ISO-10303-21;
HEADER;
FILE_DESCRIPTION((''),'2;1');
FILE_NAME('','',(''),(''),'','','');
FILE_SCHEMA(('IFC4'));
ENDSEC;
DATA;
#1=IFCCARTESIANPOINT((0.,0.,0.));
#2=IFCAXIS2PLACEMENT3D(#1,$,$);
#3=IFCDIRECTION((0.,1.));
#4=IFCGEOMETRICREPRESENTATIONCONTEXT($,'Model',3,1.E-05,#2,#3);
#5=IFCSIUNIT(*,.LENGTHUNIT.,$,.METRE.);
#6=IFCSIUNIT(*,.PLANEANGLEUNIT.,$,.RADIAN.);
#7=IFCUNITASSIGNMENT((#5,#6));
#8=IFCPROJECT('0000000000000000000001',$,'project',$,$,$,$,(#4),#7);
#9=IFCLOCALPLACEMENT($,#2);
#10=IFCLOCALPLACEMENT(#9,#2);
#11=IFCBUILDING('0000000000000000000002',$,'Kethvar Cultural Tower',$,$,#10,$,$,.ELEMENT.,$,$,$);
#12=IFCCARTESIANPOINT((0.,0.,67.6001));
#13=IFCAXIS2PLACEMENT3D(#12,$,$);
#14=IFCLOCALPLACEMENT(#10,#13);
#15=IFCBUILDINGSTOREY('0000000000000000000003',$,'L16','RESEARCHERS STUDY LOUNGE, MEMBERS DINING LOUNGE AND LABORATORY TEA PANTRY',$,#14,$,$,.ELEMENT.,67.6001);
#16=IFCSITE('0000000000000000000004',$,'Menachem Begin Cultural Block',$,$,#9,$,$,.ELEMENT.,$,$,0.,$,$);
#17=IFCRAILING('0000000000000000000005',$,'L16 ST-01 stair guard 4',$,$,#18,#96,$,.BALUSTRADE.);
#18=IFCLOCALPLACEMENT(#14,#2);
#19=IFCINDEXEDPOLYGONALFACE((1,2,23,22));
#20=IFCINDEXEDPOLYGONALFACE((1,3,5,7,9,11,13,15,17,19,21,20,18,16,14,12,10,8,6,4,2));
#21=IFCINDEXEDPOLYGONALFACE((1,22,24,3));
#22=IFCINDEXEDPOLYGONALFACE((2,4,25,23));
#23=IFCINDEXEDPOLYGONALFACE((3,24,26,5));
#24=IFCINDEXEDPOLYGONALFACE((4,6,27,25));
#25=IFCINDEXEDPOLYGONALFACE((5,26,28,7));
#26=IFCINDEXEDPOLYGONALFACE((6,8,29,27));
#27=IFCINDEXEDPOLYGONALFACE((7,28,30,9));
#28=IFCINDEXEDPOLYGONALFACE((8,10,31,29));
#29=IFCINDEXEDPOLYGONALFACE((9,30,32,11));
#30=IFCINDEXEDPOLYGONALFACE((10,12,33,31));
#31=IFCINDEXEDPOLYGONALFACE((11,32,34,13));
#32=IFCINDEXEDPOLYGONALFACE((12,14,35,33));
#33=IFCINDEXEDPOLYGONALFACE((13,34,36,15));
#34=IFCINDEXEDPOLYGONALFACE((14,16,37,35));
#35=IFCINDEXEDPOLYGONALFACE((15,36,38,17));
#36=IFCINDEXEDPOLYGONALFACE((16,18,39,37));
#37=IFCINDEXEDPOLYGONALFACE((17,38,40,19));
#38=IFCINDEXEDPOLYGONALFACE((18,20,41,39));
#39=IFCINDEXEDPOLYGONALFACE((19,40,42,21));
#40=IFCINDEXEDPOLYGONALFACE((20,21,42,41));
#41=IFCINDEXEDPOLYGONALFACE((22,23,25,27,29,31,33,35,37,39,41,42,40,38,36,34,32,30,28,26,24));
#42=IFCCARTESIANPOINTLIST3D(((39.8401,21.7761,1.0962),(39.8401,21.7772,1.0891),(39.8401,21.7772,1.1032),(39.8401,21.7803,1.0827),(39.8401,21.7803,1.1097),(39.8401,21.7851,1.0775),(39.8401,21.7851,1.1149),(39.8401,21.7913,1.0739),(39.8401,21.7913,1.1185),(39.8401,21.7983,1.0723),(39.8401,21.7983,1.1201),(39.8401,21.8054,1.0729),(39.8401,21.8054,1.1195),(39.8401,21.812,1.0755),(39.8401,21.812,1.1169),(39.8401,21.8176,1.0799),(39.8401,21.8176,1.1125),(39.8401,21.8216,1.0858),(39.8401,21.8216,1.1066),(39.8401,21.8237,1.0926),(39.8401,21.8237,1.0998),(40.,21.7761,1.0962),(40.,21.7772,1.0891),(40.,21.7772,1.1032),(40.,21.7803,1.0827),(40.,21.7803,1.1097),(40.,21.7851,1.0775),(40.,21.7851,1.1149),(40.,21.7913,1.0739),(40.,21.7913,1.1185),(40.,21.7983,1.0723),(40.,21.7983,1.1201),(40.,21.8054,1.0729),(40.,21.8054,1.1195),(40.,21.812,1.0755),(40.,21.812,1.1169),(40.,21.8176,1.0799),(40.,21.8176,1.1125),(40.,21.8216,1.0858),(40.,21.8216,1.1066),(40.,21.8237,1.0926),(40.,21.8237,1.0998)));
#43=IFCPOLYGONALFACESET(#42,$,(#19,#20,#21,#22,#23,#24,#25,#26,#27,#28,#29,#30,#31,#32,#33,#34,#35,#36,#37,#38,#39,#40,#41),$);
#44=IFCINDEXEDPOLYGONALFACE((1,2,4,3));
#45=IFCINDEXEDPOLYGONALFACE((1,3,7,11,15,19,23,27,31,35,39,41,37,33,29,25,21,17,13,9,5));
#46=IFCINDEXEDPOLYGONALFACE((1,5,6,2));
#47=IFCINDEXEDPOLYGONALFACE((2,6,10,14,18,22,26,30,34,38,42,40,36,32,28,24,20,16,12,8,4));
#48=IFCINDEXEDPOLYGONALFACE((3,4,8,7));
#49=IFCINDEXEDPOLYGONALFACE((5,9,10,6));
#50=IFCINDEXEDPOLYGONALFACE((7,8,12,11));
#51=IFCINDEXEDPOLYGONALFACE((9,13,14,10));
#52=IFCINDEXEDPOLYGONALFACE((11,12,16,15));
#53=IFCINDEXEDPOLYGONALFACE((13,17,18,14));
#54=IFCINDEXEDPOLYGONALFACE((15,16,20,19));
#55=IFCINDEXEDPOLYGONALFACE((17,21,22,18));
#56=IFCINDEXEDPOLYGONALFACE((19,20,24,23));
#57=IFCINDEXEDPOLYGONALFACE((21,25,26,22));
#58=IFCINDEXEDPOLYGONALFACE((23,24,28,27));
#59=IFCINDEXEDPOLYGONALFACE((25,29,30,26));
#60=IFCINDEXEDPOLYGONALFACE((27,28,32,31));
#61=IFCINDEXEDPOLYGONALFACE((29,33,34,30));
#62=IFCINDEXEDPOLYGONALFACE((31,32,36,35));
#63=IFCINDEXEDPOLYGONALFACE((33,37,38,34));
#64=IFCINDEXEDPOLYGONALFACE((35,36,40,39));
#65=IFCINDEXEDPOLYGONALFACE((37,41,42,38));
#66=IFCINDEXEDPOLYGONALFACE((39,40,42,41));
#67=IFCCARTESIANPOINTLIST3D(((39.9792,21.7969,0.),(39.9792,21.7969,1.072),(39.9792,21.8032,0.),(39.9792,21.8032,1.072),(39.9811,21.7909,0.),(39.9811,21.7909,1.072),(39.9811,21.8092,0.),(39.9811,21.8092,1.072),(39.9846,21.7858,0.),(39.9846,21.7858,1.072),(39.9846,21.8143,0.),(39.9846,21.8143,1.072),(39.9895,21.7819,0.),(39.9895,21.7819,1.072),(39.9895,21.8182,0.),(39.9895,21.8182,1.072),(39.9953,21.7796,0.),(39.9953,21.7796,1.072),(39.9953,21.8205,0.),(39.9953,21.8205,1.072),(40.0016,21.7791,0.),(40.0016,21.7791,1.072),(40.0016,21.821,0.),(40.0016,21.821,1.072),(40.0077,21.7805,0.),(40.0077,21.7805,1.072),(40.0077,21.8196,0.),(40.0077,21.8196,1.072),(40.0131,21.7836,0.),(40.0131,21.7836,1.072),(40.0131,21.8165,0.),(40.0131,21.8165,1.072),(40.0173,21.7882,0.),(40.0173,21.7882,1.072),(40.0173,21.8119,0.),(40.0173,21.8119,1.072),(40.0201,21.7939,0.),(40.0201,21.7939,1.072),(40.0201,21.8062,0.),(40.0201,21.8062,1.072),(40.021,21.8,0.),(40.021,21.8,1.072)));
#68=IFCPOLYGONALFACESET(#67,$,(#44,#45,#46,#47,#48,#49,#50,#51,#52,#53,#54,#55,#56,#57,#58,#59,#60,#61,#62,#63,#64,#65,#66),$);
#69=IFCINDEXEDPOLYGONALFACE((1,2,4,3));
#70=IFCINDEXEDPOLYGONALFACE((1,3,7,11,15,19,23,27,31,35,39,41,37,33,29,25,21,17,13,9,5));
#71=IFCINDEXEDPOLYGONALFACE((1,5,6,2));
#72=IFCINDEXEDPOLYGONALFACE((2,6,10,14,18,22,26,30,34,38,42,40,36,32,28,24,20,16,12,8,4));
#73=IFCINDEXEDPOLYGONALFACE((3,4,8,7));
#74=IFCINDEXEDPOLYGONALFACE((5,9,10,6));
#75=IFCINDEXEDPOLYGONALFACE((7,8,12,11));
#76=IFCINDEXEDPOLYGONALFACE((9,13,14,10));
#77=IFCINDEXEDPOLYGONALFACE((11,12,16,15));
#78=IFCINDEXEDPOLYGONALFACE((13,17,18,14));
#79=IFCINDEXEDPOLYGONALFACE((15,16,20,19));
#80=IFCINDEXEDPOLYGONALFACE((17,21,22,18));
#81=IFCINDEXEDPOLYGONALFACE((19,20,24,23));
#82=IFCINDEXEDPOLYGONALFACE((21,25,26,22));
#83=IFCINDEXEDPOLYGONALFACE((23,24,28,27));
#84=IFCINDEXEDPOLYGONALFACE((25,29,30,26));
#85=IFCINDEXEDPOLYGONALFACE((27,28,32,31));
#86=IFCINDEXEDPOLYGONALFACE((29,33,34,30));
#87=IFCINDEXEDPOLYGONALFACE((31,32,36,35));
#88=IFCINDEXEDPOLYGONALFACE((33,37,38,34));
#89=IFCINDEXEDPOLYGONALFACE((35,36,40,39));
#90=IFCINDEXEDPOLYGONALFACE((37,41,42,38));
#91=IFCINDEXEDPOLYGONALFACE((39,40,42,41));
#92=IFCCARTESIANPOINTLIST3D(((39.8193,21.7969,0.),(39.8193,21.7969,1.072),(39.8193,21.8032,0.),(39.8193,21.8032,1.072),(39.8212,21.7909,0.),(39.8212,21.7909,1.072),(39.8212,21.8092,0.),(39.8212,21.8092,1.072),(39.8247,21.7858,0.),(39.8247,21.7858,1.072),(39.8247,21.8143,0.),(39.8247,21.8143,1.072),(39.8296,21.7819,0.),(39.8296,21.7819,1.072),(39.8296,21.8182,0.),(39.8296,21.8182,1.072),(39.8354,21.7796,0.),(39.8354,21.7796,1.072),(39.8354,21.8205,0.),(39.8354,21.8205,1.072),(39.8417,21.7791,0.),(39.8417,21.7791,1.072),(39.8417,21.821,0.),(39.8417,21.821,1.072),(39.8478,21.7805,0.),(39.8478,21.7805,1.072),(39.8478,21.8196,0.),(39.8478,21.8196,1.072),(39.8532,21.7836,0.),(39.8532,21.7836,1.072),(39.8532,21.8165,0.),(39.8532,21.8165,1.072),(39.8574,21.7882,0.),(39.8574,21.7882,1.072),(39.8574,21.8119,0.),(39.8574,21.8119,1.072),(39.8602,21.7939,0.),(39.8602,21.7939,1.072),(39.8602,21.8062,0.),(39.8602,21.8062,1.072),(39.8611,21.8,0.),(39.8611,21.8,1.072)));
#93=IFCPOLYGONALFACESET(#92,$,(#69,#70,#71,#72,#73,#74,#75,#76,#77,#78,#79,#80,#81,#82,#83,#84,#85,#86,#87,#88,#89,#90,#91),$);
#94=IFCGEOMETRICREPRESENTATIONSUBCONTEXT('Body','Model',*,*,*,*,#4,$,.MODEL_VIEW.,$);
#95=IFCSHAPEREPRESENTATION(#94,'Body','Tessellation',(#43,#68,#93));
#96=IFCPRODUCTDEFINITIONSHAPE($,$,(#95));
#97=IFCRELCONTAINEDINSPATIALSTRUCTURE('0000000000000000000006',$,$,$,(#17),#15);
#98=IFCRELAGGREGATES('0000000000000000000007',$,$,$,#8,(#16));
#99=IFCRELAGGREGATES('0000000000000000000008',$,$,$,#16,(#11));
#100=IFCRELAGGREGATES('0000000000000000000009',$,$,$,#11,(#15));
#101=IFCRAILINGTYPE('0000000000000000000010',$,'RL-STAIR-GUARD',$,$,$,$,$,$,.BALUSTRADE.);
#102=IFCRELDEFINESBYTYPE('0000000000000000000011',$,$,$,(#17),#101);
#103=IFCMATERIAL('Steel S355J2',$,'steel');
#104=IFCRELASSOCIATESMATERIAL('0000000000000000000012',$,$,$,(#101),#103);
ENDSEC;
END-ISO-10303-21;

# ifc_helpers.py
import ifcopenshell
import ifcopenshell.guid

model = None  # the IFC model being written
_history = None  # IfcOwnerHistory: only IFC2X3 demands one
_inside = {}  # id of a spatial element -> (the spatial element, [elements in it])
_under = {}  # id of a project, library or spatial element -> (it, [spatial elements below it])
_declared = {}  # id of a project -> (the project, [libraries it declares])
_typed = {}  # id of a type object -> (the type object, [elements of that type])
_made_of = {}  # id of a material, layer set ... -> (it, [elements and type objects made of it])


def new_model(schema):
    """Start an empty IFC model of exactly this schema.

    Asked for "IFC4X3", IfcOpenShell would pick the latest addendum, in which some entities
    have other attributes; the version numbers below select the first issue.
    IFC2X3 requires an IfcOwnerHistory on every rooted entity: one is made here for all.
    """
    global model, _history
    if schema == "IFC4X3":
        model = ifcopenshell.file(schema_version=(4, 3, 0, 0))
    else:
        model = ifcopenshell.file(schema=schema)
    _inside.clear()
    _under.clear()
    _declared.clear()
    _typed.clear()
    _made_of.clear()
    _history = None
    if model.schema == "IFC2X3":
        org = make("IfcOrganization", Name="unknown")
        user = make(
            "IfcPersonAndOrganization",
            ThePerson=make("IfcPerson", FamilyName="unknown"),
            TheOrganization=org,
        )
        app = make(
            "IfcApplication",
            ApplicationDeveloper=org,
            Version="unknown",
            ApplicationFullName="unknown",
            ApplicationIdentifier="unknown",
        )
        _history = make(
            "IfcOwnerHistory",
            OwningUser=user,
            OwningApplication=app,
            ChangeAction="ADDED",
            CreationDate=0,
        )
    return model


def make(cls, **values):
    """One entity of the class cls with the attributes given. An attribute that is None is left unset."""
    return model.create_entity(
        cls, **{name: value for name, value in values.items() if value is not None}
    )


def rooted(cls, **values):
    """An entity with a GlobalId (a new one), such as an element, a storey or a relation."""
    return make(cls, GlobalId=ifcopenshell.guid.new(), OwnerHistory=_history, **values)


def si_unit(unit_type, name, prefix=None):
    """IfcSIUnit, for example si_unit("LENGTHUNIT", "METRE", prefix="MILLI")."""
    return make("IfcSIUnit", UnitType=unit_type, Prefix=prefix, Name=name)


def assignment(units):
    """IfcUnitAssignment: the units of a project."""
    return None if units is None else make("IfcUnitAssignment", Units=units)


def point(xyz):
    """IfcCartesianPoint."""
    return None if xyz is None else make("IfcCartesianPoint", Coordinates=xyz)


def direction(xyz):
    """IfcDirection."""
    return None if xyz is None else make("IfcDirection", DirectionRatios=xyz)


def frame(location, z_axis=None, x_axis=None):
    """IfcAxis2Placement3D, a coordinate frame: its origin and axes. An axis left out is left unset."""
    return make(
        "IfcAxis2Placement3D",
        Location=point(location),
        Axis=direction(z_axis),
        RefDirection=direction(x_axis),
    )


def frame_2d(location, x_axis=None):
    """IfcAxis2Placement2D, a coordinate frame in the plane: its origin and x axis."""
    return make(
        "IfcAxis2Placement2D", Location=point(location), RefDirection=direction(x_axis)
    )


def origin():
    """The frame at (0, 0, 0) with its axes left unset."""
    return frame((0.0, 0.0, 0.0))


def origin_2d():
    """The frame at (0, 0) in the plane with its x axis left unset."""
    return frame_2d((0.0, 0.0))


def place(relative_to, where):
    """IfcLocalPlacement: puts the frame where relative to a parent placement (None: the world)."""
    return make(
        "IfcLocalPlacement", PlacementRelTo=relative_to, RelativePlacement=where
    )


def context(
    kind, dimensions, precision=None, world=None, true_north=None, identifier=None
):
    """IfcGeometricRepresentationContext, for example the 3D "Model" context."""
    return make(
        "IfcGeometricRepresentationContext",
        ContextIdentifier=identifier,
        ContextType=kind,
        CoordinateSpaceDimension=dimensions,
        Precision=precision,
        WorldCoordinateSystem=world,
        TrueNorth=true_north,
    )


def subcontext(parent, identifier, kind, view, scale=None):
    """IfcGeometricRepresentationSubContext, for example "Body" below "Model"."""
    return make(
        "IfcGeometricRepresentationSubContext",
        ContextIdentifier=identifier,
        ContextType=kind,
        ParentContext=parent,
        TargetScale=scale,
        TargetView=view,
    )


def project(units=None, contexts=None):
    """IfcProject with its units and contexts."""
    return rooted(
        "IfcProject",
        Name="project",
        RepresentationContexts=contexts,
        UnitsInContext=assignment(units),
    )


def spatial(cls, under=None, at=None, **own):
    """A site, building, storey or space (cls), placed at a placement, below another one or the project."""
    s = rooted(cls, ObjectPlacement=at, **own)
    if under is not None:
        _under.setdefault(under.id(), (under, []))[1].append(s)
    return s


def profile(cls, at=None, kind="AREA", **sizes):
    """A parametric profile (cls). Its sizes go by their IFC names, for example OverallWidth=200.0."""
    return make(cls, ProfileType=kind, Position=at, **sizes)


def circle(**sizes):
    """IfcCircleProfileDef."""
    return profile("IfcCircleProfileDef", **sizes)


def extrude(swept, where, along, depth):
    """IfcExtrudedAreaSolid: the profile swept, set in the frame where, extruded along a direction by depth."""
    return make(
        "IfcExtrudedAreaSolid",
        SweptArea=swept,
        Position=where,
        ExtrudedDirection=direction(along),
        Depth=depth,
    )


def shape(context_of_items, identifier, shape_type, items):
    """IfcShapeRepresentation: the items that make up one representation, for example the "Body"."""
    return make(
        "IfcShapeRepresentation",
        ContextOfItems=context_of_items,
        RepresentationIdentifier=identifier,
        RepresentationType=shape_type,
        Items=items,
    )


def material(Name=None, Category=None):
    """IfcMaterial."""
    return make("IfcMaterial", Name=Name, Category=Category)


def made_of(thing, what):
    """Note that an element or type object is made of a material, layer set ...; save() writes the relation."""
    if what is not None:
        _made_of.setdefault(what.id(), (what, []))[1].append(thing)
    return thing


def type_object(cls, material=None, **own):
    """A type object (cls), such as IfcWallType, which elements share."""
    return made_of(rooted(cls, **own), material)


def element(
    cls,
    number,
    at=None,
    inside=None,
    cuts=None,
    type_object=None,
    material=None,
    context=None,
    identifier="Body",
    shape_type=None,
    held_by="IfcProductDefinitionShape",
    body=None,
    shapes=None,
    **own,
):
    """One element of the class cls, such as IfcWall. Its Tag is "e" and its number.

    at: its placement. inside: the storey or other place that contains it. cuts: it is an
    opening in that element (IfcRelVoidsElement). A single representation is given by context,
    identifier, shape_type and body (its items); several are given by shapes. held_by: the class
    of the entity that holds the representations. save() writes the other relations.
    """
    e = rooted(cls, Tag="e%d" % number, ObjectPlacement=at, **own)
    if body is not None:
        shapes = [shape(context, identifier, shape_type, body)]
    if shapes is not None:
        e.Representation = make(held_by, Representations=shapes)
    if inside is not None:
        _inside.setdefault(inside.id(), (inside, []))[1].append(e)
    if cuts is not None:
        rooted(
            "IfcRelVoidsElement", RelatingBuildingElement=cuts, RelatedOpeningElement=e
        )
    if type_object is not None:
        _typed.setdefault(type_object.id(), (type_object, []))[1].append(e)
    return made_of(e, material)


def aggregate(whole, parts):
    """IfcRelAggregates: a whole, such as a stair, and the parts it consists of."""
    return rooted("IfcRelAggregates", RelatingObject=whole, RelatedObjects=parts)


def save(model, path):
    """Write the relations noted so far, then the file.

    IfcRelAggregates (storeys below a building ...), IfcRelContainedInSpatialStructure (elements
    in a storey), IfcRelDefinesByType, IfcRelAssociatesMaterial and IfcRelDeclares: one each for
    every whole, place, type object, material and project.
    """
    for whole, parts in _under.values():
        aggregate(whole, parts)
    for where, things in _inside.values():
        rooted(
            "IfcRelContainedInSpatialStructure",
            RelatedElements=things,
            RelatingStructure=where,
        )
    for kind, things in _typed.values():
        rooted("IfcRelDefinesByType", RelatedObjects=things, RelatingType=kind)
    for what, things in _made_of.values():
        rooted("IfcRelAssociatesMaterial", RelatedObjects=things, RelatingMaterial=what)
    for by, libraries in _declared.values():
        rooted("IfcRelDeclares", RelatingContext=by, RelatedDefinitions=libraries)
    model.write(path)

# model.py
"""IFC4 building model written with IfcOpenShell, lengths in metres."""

from ifc_helpers import new_model, si_unit, direction, frame, origin, origin_2d, place, context, subcontext, project, spatial, circle, extrude, material, type_object, element, save


model = new_model("IFC4")

# Units and contexts
model_context = context("Model", 3, precision=1e-05, world=origin(), true_north=direction((0.0, 1.0)))
body_context = subcontext(model_context, "Body", "Model", "MODEL_VIEW")
ifc_project = project(units=[si_unit("LENGTHUNIT", "METRE"), si_unit("PLANEANGLEUNIT", "RADIAN")], contexts=[model_context])

# Site, building, storey
site_placement = place(None, origin())
site = spatial("IfcSite", under=ifc_project, at=site_placement, Name="Menachem Begin Cultural Block", CompositionType="ELEMENT", RefElevation=0.0)
building_placement = place(site_placement, origin())
building = spatial("IfcBuilding", under=site, at=building_placement, Name="Kethvar Cultural Tower", CompositionType="ELEMENT")
storey_placement = place(building_placement, frame((0.0, 0.0, 67.6001)))
storey = spatial("IfcBuildingStorey", under=building, at=storey_placement, Name="L16", Description="RESEARCHERS STUDY LOUNGE, MEMBERS DINING LOUNGE AND LABORATORY TEA PANTRY", CompositionType="ELEMENT", Elevation=67.6001)

# Shared definitions
ifc_material_1 = material(Name="Steel S355J2", Category="steel")

# Railing
railing_type_1 = type_object("IfcRailingType", Name="RL-STAIR-GUARD", PredefinedType="BALUSTRADE", material=ifc_material_1)
railing_1_placement = place(storey_placement, frame((40.0, 21.8, 0.0)))
element("IfcRailing", 1, at=railing_1_placement, inside=storey, type_object=railing_type_1, Name="L16 ST-01 stair guard 4", PredefinedType="BALUSTRADE", context=body_context, shape_type="SweptSolid", body=[
    extrude(circle(Radius=0.0239, at=origin_2d()), frame((0.0, 0.0, 1.0962), z_axis=(-1.0, 0.0, 0.0), x_axis=(0.0, -1.0, 0.0)), (0.0, 0.0, 1.0), 0.1599),
    extrude(circle(Radius=0.021, at=origin_2d()), origin(), (0.0, 0.0, 1.0), 1.072),
    extrude(circle(Radius=0.021, at=origin_2d()), frame((-0.1599, 0.0, 0.0)), (0.0, 0.0, 1.0), 1.072),
])

save(model, "model.ifc")
